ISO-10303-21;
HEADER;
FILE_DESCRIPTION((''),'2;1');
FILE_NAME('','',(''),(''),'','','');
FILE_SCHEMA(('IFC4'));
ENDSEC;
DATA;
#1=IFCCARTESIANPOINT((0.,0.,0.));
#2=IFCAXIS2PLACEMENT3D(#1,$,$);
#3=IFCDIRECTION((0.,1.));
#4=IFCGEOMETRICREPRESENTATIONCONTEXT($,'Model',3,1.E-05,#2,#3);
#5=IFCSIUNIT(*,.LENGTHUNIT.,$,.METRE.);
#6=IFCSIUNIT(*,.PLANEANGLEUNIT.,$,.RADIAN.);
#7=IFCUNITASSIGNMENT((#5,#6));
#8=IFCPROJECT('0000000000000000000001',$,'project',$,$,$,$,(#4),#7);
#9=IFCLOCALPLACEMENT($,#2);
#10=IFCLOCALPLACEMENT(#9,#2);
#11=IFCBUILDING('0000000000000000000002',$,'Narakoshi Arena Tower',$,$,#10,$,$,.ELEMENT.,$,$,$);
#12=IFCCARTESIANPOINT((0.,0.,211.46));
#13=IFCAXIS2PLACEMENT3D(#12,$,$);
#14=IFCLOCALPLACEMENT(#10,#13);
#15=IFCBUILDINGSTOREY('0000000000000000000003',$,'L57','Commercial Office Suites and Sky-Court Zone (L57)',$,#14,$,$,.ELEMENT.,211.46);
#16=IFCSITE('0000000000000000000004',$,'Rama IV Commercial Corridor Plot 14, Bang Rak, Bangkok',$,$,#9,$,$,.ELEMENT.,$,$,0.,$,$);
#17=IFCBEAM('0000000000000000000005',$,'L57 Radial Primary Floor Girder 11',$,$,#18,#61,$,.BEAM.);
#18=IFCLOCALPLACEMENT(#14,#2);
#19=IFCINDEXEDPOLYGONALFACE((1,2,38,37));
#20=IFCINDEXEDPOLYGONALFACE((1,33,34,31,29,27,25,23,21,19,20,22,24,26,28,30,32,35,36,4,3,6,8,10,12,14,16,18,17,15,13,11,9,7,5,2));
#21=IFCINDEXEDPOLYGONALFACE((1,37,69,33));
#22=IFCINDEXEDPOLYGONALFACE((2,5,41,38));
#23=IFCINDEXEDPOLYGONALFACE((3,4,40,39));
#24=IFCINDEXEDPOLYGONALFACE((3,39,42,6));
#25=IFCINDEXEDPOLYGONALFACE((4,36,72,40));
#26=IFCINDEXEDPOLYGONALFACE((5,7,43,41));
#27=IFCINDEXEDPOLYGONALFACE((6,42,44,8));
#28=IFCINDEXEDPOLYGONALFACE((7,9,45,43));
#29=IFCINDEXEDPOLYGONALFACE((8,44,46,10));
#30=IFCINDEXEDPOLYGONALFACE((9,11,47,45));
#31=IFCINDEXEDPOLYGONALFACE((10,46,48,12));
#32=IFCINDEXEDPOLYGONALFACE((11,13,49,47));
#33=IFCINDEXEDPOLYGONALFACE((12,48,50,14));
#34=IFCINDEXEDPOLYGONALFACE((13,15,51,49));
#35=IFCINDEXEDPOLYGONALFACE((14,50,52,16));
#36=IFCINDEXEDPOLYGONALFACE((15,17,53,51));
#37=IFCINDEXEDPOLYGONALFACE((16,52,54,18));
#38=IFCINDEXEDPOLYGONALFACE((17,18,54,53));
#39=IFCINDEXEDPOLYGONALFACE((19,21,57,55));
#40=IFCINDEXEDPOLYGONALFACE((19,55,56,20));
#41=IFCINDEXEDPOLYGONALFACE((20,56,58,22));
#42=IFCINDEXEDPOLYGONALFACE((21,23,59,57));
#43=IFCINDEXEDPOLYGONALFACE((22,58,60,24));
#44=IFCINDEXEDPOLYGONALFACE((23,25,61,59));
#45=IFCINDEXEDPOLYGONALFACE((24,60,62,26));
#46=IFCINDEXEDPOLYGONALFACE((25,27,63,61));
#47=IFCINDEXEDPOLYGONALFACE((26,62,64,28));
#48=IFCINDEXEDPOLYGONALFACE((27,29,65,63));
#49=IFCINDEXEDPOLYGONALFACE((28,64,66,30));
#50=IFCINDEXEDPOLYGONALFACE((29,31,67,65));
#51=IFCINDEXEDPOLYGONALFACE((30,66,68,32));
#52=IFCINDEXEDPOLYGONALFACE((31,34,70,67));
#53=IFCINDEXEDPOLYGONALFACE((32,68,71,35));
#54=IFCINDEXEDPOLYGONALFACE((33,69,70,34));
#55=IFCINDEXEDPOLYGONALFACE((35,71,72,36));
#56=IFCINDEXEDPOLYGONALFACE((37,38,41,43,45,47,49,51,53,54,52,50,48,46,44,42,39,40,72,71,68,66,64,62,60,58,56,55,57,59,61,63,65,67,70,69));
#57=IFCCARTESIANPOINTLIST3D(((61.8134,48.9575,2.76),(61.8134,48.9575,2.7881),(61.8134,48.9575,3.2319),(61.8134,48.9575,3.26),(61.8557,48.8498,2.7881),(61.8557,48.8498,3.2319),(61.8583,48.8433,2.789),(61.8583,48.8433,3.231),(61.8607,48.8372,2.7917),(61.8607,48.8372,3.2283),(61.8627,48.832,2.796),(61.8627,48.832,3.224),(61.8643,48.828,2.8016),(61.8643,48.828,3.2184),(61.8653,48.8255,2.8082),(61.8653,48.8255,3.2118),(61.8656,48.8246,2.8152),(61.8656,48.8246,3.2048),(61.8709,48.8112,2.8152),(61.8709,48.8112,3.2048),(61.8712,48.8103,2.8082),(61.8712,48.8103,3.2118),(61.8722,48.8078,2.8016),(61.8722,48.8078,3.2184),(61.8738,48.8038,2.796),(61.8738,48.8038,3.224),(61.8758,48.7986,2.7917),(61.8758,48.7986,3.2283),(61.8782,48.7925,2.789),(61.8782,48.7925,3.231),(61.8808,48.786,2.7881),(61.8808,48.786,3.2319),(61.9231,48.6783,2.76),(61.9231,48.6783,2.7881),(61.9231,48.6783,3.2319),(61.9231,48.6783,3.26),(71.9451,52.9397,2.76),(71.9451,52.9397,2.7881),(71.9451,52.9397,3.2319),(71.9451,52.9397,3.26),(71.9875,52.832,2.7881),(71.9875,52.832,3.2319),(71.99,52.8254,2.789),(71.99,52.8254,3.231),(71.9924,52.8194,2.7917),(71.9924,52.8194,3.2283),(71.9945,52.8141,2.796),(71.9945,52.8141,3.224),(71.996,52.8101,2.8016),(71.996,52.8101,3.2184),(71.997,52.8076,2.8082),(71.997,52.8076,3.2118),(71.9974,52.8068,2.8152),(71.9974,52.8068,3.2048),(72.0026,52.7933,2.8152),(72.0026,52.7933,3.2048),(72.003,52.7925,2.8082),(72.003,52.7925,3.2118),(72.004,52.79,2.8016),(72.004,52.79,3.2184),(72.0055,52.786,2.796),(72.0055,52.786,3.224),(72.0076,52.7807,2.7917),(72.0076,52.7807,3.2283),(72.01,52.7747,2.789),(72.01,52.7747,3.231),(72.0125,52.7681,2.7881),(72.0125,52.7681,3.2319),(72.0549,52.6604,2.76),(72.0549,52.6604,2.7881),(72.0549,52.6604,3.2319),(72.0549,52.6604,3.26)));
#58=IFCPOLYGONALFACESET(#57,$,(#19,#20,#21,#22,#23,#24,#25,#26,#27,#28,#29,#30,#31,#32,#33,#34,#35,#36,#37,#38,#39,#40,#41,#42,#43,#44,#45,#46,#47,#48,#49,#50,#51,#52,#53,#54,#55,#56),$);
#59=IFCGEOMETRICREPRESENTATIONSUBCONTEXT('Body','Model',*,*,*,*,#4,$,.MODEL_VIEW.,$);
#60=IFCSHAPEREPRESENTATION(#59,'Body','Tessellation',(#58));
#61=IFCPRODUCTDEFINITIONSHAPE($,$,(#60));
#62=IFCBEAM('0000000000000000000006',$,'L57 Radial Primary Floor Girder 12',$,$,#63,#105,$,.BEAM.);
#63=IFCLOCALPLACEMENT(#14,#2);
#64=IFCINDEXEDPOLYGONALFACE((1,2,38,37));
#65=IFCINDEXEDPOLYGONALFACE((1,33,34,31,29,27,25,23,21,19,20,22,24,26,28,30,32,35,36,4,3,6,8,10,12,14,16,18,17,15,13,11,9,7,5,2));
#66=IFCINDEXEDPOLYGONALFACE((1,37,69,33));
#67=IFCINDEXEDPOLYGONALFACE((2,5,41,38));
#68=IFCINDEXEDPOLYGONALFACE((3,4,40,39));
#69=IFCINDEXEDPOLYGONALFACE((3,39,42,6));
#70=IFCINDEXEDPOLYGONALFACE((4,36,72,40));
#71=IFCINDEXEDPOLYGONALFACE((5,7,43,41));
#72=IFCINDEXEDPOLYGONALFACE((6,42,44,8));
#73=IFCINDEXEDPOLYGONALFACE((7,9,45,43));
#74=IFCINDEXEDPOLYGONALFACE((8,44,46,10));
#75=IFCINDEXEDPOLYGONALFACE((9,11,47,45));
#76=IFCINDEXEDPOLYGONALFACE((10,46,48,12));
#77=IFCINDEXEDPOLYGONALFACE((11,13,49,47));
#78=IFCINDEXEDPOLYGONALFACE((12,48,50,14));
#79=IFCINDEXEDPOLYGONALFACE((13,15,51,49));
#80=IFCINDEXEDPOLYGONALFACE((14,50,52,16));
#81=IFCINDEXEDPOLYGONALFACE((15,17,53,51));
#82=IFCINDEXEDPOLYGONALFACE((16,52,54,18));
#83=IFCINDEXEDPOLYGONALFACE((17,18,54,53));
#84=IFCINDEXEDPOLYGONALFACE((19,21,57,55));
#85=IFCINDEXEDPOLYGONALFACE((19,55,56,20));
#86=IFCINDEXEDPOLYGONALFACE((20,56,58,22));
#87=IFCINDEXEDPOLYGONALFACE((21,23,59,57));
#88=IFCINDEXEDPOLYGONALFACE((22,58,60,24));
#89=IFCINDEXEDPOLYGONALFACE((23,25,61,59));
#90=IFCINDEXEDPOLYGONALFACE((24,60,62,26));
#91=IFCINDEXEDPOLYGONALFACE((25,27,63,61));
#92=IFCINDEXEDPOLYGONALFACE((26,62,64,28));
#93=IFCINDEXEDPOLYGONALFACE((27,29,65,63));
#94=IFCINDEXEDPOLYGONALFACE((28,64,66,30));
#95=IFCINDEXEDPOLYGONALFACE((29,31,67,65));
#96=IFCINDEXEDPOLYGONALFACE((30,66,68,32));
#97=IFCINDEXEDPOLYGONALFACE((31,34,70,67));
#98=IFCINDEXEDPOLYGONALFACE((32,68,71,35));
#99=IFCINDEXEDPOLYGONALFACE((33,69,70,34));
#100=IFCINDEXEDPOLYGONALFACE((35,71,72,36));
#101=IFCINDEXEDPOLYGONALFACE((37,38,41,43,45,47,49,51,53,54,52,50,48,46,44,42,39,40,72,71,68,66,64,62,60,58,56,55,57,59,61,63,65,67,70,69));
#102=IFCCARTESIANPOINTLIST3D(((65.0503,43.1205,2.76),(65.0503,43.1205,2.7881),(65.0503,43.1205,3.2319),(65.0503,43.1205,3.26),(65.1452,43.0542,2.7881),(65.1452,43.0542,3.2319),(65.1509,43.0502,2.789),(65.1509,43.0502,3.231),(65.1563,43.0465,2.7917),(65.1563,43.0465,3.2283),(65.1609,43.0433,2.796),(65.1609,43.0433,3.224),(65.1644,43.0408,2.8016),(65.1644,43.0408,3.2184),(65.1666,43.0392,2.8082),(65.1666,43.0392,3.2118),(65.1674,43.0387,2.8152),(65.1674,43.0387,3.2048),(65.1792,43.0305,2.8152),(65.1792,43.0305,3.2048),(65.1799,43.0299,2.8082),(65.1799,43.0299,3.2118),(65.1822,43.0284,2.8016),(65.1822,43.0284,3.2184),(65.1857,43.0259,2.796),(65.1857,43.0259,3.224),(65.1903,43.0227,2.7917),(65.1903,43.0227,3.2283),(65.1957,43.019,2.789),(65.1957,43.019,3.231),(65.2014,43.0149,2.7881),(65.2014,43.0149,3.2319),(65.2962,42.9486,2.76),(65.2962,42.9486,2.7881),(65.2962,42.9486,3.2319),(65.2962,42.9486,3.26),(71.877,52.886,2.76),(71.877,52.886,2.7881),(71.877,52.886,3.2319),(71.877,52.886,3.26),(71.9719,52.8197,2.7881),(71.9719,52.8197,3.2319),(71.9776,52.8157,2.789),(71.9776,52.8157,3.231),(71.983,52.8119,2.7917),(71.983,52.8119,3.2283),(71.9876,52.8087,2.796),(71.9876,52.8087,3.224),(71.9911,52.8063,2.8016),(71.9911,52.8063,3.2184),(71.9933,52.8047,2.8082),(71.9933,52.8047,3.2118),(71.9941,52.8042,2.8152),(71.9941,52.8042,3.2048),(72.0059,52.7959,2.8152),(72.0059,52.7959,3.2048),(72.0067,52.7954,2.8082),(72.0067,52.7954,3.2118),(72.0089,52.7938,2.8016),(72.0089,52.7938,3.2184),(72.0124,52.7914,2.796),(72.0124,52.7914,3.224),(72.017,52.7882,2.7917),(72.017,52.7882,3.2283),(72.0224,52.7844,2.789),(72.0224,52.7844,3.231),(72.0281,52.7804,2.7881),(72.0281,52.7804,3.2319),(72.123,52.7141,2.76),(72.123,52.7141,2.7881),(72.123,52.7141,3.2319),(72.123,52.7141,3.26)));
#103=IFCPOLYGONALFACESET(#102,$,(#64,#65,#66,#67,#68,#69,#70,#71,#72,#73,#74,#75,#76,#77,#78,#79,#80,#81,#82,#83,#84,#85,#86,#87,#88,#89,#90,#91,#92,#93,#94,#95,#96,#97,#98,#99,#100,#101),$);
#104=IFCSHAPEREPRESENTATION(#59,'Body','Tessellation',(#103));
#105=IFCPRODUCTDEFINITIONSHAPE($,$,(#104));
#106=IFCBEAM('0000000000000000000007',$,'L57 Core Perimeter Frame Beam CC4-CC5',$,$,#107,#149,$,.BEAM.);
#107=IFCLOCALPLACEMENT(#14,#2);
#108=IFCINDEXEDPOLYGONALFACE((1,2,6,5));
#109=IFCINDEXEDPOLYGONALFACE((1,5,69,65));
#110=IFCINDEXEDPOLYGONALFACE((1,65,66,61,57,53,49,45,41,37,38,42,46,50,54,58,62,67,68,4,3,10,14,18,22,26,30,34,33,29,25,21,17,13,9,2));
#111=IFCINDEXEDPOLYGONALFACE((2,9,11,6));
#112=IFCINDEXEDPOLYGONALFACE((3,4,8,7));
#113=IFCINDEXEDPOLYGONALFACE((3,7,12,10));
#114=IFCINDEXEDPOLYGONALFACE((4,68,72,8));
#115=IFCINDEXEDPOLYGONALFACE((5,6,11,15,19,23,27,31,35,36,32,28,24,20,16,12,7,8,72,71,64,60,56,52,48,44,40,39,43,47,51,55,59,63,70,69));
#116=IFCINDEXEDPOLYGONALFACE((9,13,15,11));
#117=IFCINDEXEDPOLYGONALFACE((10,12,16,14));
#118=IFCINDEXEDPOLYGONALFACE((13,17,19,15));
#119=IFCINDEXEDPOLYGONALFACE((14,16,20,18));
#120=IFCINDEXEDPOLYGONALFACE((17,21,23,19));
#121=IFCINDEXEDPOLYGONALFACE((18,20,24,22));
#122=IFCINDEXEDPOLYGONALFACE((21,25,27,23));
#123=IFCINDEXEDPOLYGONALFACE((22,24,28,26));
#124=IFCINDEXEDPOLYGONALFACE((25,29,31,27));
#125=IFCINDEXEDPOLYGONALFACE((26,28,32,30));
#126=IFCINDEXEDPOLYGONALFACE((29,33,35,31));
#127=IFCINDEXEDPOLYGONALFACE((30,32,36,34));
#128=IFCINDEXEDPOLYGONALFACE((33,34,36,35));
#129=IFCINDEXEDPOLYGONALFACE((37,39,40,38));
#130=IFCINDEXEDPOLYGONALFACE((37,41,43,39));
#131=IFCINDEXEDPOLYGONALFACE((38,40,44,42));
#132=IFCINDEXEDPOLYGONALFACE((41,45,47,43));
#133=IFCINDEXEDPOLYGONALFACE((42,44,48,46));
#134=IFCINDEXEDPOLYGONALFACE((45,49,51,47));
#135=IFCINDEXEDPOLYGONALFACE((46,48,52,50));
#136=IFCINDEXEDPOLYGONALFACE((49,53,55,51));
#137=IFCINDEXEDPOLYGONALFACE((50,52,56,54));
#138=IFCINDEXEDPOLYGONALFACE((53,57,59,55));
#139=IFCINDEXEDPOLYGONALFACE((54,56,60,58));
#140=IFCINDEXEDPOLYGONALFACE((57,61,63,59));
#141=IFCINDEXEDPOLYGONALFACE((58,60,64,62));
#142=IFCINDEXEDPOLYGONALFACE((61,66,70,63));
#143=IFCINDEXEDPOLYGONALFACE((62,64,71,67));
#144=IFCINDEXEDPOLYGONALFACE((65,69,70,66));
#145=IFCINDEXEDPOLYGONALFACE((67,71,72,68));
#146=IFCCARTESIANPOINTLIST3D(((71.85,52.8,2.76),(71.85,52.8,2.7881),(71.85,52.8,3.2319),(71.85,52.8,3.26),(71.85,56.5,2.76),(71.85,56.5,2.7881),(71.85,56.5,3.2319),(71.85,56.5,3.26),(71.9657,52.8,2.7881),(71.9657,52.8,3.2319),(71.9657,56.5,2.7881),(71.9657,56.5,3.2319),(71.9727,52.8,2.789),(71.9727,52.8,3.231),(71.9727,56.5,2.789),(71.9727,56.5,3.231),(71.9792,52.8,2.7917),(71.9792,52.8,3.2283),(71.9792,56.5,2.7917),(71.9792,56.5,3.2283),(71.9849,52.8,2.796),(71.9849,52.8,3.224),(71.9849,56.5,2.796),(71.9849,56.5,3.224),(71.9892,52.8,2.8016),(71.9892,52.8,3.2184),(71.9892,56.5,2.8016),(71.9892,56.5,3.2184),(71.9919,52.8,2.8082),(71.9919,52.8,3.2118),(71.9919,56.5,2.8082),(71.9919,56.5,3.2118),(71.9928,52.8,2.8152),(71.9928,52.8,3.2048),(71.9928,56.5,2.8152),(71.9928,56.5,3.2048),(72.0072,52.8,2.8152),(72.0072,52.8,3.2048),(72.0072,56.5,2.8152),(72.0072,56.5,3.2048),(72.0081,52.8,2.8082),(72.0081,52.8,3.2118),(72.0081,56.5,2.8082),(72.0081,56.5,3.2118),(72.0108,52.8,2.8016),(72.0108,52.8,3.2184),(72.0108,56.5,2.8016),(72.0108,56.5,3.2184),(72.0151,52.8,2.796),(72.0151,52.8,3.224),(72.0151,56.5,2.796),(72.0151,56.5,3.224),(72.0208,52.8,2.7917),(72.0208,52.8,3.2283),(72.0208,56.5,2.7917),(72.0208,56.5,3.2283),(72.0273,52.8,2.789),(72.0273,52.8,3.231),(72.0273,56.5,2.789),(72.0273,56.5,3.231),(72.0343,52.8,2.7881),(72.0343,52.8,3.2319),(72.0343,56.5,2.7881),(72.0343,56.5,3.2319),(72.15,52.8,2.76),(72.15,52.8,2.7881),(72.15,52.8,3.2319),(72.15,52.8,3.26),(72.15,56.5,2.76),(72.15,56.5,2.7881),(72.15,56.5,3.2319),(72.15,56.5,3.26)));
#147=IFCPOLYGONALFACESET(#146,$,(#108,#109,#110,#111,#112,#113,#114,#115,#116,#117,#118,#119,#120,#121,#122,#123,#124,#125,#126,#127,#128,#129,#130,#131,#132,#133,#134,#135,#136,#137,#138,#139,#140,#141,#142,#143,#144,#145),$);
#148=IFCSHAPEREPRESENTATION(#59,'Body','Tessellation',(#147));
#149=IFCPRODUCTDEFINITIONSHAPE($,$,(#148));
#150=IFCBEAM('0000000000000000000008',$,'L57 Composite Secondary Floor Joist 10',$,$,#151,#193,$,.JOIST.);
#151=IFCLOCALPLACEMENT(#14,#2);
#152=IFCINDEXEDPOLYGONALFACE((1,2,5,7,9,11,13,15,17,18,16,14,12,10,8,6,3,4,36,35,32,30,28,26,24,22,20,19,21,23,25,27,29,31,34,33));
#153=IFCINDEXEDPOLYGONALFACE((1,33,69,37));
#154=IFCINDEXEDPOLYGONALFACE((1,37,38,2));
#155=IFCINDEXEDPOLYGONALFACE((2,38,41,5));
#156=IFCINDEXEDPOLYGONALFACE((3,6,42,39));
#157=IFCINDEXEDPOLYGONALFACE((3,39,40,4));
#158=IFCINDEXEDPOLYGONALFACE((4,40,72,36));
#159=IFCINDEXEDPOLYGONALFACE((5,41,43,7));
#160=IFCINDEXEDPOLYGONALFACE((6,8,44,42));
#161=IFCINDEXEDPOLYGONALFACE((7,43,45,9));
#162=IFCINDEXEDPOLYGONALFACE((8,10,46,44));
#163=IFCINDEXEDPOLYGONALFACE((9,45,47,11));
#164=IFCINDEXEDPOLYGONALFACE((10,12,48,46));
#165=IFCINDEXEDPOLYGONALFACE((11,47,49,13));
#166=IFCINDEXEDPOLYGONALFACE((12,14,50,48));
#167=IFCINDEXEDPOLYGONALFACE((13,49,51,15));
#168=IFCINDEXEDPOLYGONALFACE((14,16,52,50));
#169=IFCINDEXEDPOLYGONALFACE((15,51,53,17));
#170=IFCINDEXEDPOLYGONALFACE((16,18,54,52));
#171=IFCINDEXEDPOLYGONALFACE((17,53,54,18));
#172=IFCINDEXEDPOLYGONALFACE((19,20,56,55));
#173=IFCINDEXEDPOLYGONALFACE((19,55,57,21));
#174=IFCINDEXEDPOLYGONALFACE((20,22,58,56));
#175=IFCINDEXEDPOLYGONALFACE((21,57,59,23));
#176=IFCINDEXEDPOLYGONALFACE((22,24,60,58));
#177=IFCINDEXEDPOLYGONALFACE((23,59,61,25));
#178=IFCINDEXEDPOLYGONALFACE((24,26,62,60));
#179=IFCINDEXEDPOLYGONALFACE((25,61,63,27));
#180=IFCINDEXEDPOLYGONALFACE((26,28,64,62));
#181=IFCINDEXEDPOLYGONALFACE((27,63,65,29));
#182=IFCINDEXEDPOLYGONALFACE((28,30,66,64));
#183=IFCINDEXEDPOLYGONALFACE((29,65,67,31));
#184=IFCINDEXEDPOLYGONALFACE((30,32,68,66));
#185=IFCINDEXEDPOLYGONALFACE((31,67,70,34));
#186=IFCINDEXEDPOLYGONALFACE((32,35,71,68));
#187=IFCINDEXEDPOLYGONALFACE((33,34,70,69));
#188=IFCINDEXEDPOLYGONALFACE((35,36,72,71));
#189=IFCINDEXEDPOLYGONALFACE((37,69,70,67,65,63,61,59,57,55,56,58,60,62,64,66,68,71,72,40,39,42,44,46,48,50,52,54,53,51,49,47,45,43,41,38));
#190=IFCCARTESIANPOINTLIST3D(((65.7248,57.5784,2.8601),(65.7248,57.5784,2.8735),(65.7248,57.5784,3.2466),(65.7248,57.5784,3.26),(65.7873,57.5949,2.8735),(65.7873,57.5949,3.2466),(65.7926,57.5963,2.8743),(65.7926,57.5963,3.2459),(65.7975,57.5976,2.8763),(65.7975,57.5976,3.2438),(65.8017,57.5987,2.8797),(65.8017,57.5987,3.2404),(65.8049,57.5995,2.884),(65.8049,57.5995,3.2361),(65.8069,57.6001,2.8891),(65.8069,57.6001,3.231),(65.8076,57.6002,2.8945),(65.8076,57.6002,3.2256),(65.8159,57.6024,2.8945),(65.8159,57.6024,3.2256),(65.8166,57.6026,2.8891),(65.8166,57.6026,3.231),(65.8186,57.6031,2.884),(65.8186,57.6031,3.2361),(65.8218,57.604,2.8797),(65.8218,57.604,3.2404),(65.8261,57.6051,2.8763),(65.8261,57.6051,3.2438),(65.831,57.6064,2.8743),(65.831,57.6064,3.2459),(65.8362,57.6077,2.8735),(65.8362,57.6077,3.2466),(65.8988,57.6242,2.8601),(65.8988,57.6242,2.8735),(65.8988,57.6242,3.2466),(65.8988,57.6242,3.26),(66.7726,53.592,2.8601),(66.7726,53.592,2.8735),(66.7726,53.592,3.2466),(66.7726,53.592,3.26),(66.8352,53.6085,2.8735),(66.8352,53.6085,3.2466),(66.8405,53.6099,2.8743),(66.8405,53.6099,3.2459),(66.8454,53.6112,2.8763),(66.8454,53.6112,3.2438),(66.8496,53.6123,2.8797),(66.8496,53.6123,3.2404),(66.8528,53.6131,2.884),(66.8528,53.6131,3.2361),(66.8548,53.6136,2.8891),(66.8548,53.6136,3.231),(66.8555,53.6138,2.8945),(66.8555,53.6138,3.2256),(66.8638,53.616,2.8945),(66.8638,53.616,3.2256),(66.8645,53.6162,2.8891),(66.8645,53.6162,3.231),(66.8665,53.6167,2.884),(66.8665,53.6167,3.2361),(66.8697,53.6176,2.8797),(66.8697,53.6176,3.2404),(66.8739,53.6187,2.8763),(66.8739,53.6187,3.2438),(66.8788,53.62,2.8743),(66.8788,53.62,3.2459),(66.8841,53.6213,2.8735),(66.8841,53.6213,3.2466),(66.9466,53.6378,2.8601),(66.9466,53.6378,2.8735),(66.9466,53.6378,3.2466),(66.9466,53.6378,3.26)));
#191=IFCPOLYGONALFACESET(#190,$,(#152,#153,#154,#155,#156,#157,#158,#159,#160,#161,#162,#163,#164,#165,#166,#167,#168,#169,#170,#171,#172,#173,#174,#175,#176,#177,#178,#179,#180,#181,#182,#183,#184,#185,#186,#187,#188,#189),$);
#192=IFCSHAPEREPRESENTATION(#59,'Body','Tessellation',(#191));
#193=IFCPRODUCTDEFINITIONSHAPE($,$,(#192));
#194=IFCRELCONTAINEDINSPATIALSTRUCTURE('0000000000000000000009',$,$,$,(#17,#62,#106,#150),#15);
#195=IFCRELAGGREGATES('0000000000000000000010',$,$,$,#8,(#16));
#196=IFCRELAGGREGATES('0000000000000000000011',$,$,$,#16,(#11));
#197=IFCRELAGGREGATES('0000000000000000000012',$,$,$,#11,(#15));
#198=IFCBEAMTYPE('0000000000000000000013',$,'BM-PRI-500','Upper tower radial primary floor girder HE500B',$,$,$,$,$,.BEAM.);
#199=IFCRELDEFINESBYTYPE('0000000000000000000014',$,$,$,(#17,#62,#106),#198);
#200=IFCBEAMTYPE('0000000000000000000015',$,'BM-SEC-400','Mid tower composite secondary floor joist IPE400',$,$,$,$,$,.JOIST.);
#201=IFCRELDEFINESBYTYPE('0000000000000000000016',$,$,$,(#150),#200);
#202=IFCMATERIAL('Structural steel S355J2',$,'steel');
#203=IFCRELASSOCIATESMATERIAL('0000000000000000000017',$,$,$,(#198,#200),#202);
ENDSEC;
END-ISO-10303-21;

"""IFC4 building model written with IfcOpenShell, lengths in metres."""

from ifc_helpers import new_model, si_unit, direction, frame, origin, origin_2d, place, context, subcontext, project, spatial, i_section, extrude, material, material_profile, profile_set, type_object, element, save


model = new_model("IFC4")

# Units and contexts
model_context = context("Model", 3, precision=1e-05, world=origin(), true_north=direction((0.0, 1.0)))
body_context = subcontext(model_context, "Body", "Model", "MODEL_VIEW")
ifc_project = project(units=[si_unit("LENGTHUNIT", "METRE"), si_unit("PLANEANGLEUNIT", "RADIAN")], contexts=[model_context])

# Site, building, storey
site_placement = place(None, origin())
site = spatial("IfcSite", under=ifc_project, at=site_placement, Name="Rama IV Commercial Corridor Plot 14, Bang Rak, Bangkok", CompositionType="ELEMENT", RefElevation=0.0)
building_placement = place(site_placement, origin())
building = spatial("IfcBuilding", under=site, at=building_placement, Name="Narakoshi Arena Tower", CompositionType="ELEMENT")
storey_placement = place(building_placement, frame((0.0, 0.0, 211.46)))
storey = spatial("IfcBuildingStorey", under=building, at=storey_placement, Name="L57", Description="Commercial Office Suites and Sky-Court Zone (L57)", CompositionType="ELEMENT", Elevation=211.46)

# Beams
ifc_material_1 = material(Name="Structural steel S355J2", Category="steel")
ifc_material_profile_1 = material_profile(ifc_material_1, i_section(OverallWidth=0.3, OverallDepth=0.5, WebThickness=0.0144, FlangeThickness=0.0281, FilletRadius=0.0271, at=origin_2d()), Name="HE500B")
ifc_profile_set_1 = profile_set([ifc_material_profile_1], Name="Structural steel S355J2")
beam_type_1 = type_object("IfcBeamType", Name="BM-PRI-500", Description="Upper tower radial primary floor girder HE500B", PredefinedType="BEAM", material=ifc_profile_set_1)
beam_1_placement = place(storey_placement, frame((72.0, 52.8, 3.01), z_axis=(-0.930695, -0.365797, 0.0), x_axis=(0.365797, -0.930695, 0.0)))
element("IfcBeam", 1, at=beam_1_placement, inside=storey, type_object=beam_type_1, Name="L57 Radial Primary Floor Girder 11", PredefinedType="BEAM", context=body_context, shape_type="SweptSolid", body=[
    extrude(i_section(OverallWidth=0.3, OverallDepth=0.5, WebThickness=0.0144, FlangeThickness=0.0281, FilletRadius=0.0271, at=origin_2d()), origin(), (0.0, 0.0, 1.0), 10.8862),
])
beam_2_placement = place(storey_placement, frame((72.0, 52.8, 3.01), z_axis=(-0.572949, -0.819591, 0.0), x_axis=(0.819591, -0.572949, 0.0)))
element("IfcBeam", 2, at=beam_2_placement, inside=storey, type_object=beam_type_1, Name="L57 Radial Primary Floor Girder 12", PredefinedType="BEAM", context=body_context, shape_type="SweptSolid", body=[
    extrude(i_section(OverallWidth=0.3, OverallDepth=0.5, WebThickness=0.0144, FlangeThickness=0.0281, FilletRadius=0.0271, at=origin_2d()), origin(), (0.0, 0.0, 1.0), 11.915),
])
beam_3_placement = place(storey_placement, frame((72.0, 52.8, 3.01), z_axis=(0.0, 1.0, 0.0), x_axis=(-1.0, 0.0, 0.0)))
element("IfcBeam", 3, at=beam_3_placement, inside=storey, type_object=beam_type_1, Name="L57 Core Perimeter Frame Beam CC4-CC5", PredefinedType="BEAM", context=body_context, shape_type="SweptSolid", body=[
    extrude(i_section(OverallWidth=0.3, OverallDepth=0.5, WebThickness=0.0144, FlangeThickness=0.0281, FilletRadius=0.0271, at=origin_2d()), origin(), (0.0, 0.0, 1.0), 3.7),
])
ifc_material_profile_2 = material_profile(ifc_material_1, i_section(OverallWidth=0.1799, OverallDepth=0.3999, WebThickness=0.0085, FlangeThickness=0.0134, FilletRadius=0.021, at=origin_2d()), Name="IPE400")
ifc_profile_set_2 = profile_set([ifc_material_profile_2], Name="Structural steel S355J2")
beam_type_2 = type_object("IfcBeamType", Name="BM-SEC-400", Description="Mid tower composite secondary floor joist IPE400", PredefinedType="JOIST", material=ifc_profile_set_2)
beam_4_placement = place(storey_placement, frame((65.8118, 57.6013, 3.0601), z_axis=(0.254225, -0.967145, 0.0), x_axis=(0.967145, 0.254225, 0.0)))
element("IfcBeam", 4, at=beam_4_placement, inside=storey, type_object=beam_type_2, Name="L57 Composite Secondary Floor Joist 10", PredefinedType="JOIST", context=body_context, shape_type="SweptSolid", body=[
    extrude(i_section(OverallWidth=0.1799, OverallDepth=0.3999, WebThickness=0.0085, FlangeThickness=0.0134, FilletRadius=0.021, at=origin_2d()), origin(), (0.0, 0.0, 1.0), 4.1218),
])

save(model, "model.ifc")
